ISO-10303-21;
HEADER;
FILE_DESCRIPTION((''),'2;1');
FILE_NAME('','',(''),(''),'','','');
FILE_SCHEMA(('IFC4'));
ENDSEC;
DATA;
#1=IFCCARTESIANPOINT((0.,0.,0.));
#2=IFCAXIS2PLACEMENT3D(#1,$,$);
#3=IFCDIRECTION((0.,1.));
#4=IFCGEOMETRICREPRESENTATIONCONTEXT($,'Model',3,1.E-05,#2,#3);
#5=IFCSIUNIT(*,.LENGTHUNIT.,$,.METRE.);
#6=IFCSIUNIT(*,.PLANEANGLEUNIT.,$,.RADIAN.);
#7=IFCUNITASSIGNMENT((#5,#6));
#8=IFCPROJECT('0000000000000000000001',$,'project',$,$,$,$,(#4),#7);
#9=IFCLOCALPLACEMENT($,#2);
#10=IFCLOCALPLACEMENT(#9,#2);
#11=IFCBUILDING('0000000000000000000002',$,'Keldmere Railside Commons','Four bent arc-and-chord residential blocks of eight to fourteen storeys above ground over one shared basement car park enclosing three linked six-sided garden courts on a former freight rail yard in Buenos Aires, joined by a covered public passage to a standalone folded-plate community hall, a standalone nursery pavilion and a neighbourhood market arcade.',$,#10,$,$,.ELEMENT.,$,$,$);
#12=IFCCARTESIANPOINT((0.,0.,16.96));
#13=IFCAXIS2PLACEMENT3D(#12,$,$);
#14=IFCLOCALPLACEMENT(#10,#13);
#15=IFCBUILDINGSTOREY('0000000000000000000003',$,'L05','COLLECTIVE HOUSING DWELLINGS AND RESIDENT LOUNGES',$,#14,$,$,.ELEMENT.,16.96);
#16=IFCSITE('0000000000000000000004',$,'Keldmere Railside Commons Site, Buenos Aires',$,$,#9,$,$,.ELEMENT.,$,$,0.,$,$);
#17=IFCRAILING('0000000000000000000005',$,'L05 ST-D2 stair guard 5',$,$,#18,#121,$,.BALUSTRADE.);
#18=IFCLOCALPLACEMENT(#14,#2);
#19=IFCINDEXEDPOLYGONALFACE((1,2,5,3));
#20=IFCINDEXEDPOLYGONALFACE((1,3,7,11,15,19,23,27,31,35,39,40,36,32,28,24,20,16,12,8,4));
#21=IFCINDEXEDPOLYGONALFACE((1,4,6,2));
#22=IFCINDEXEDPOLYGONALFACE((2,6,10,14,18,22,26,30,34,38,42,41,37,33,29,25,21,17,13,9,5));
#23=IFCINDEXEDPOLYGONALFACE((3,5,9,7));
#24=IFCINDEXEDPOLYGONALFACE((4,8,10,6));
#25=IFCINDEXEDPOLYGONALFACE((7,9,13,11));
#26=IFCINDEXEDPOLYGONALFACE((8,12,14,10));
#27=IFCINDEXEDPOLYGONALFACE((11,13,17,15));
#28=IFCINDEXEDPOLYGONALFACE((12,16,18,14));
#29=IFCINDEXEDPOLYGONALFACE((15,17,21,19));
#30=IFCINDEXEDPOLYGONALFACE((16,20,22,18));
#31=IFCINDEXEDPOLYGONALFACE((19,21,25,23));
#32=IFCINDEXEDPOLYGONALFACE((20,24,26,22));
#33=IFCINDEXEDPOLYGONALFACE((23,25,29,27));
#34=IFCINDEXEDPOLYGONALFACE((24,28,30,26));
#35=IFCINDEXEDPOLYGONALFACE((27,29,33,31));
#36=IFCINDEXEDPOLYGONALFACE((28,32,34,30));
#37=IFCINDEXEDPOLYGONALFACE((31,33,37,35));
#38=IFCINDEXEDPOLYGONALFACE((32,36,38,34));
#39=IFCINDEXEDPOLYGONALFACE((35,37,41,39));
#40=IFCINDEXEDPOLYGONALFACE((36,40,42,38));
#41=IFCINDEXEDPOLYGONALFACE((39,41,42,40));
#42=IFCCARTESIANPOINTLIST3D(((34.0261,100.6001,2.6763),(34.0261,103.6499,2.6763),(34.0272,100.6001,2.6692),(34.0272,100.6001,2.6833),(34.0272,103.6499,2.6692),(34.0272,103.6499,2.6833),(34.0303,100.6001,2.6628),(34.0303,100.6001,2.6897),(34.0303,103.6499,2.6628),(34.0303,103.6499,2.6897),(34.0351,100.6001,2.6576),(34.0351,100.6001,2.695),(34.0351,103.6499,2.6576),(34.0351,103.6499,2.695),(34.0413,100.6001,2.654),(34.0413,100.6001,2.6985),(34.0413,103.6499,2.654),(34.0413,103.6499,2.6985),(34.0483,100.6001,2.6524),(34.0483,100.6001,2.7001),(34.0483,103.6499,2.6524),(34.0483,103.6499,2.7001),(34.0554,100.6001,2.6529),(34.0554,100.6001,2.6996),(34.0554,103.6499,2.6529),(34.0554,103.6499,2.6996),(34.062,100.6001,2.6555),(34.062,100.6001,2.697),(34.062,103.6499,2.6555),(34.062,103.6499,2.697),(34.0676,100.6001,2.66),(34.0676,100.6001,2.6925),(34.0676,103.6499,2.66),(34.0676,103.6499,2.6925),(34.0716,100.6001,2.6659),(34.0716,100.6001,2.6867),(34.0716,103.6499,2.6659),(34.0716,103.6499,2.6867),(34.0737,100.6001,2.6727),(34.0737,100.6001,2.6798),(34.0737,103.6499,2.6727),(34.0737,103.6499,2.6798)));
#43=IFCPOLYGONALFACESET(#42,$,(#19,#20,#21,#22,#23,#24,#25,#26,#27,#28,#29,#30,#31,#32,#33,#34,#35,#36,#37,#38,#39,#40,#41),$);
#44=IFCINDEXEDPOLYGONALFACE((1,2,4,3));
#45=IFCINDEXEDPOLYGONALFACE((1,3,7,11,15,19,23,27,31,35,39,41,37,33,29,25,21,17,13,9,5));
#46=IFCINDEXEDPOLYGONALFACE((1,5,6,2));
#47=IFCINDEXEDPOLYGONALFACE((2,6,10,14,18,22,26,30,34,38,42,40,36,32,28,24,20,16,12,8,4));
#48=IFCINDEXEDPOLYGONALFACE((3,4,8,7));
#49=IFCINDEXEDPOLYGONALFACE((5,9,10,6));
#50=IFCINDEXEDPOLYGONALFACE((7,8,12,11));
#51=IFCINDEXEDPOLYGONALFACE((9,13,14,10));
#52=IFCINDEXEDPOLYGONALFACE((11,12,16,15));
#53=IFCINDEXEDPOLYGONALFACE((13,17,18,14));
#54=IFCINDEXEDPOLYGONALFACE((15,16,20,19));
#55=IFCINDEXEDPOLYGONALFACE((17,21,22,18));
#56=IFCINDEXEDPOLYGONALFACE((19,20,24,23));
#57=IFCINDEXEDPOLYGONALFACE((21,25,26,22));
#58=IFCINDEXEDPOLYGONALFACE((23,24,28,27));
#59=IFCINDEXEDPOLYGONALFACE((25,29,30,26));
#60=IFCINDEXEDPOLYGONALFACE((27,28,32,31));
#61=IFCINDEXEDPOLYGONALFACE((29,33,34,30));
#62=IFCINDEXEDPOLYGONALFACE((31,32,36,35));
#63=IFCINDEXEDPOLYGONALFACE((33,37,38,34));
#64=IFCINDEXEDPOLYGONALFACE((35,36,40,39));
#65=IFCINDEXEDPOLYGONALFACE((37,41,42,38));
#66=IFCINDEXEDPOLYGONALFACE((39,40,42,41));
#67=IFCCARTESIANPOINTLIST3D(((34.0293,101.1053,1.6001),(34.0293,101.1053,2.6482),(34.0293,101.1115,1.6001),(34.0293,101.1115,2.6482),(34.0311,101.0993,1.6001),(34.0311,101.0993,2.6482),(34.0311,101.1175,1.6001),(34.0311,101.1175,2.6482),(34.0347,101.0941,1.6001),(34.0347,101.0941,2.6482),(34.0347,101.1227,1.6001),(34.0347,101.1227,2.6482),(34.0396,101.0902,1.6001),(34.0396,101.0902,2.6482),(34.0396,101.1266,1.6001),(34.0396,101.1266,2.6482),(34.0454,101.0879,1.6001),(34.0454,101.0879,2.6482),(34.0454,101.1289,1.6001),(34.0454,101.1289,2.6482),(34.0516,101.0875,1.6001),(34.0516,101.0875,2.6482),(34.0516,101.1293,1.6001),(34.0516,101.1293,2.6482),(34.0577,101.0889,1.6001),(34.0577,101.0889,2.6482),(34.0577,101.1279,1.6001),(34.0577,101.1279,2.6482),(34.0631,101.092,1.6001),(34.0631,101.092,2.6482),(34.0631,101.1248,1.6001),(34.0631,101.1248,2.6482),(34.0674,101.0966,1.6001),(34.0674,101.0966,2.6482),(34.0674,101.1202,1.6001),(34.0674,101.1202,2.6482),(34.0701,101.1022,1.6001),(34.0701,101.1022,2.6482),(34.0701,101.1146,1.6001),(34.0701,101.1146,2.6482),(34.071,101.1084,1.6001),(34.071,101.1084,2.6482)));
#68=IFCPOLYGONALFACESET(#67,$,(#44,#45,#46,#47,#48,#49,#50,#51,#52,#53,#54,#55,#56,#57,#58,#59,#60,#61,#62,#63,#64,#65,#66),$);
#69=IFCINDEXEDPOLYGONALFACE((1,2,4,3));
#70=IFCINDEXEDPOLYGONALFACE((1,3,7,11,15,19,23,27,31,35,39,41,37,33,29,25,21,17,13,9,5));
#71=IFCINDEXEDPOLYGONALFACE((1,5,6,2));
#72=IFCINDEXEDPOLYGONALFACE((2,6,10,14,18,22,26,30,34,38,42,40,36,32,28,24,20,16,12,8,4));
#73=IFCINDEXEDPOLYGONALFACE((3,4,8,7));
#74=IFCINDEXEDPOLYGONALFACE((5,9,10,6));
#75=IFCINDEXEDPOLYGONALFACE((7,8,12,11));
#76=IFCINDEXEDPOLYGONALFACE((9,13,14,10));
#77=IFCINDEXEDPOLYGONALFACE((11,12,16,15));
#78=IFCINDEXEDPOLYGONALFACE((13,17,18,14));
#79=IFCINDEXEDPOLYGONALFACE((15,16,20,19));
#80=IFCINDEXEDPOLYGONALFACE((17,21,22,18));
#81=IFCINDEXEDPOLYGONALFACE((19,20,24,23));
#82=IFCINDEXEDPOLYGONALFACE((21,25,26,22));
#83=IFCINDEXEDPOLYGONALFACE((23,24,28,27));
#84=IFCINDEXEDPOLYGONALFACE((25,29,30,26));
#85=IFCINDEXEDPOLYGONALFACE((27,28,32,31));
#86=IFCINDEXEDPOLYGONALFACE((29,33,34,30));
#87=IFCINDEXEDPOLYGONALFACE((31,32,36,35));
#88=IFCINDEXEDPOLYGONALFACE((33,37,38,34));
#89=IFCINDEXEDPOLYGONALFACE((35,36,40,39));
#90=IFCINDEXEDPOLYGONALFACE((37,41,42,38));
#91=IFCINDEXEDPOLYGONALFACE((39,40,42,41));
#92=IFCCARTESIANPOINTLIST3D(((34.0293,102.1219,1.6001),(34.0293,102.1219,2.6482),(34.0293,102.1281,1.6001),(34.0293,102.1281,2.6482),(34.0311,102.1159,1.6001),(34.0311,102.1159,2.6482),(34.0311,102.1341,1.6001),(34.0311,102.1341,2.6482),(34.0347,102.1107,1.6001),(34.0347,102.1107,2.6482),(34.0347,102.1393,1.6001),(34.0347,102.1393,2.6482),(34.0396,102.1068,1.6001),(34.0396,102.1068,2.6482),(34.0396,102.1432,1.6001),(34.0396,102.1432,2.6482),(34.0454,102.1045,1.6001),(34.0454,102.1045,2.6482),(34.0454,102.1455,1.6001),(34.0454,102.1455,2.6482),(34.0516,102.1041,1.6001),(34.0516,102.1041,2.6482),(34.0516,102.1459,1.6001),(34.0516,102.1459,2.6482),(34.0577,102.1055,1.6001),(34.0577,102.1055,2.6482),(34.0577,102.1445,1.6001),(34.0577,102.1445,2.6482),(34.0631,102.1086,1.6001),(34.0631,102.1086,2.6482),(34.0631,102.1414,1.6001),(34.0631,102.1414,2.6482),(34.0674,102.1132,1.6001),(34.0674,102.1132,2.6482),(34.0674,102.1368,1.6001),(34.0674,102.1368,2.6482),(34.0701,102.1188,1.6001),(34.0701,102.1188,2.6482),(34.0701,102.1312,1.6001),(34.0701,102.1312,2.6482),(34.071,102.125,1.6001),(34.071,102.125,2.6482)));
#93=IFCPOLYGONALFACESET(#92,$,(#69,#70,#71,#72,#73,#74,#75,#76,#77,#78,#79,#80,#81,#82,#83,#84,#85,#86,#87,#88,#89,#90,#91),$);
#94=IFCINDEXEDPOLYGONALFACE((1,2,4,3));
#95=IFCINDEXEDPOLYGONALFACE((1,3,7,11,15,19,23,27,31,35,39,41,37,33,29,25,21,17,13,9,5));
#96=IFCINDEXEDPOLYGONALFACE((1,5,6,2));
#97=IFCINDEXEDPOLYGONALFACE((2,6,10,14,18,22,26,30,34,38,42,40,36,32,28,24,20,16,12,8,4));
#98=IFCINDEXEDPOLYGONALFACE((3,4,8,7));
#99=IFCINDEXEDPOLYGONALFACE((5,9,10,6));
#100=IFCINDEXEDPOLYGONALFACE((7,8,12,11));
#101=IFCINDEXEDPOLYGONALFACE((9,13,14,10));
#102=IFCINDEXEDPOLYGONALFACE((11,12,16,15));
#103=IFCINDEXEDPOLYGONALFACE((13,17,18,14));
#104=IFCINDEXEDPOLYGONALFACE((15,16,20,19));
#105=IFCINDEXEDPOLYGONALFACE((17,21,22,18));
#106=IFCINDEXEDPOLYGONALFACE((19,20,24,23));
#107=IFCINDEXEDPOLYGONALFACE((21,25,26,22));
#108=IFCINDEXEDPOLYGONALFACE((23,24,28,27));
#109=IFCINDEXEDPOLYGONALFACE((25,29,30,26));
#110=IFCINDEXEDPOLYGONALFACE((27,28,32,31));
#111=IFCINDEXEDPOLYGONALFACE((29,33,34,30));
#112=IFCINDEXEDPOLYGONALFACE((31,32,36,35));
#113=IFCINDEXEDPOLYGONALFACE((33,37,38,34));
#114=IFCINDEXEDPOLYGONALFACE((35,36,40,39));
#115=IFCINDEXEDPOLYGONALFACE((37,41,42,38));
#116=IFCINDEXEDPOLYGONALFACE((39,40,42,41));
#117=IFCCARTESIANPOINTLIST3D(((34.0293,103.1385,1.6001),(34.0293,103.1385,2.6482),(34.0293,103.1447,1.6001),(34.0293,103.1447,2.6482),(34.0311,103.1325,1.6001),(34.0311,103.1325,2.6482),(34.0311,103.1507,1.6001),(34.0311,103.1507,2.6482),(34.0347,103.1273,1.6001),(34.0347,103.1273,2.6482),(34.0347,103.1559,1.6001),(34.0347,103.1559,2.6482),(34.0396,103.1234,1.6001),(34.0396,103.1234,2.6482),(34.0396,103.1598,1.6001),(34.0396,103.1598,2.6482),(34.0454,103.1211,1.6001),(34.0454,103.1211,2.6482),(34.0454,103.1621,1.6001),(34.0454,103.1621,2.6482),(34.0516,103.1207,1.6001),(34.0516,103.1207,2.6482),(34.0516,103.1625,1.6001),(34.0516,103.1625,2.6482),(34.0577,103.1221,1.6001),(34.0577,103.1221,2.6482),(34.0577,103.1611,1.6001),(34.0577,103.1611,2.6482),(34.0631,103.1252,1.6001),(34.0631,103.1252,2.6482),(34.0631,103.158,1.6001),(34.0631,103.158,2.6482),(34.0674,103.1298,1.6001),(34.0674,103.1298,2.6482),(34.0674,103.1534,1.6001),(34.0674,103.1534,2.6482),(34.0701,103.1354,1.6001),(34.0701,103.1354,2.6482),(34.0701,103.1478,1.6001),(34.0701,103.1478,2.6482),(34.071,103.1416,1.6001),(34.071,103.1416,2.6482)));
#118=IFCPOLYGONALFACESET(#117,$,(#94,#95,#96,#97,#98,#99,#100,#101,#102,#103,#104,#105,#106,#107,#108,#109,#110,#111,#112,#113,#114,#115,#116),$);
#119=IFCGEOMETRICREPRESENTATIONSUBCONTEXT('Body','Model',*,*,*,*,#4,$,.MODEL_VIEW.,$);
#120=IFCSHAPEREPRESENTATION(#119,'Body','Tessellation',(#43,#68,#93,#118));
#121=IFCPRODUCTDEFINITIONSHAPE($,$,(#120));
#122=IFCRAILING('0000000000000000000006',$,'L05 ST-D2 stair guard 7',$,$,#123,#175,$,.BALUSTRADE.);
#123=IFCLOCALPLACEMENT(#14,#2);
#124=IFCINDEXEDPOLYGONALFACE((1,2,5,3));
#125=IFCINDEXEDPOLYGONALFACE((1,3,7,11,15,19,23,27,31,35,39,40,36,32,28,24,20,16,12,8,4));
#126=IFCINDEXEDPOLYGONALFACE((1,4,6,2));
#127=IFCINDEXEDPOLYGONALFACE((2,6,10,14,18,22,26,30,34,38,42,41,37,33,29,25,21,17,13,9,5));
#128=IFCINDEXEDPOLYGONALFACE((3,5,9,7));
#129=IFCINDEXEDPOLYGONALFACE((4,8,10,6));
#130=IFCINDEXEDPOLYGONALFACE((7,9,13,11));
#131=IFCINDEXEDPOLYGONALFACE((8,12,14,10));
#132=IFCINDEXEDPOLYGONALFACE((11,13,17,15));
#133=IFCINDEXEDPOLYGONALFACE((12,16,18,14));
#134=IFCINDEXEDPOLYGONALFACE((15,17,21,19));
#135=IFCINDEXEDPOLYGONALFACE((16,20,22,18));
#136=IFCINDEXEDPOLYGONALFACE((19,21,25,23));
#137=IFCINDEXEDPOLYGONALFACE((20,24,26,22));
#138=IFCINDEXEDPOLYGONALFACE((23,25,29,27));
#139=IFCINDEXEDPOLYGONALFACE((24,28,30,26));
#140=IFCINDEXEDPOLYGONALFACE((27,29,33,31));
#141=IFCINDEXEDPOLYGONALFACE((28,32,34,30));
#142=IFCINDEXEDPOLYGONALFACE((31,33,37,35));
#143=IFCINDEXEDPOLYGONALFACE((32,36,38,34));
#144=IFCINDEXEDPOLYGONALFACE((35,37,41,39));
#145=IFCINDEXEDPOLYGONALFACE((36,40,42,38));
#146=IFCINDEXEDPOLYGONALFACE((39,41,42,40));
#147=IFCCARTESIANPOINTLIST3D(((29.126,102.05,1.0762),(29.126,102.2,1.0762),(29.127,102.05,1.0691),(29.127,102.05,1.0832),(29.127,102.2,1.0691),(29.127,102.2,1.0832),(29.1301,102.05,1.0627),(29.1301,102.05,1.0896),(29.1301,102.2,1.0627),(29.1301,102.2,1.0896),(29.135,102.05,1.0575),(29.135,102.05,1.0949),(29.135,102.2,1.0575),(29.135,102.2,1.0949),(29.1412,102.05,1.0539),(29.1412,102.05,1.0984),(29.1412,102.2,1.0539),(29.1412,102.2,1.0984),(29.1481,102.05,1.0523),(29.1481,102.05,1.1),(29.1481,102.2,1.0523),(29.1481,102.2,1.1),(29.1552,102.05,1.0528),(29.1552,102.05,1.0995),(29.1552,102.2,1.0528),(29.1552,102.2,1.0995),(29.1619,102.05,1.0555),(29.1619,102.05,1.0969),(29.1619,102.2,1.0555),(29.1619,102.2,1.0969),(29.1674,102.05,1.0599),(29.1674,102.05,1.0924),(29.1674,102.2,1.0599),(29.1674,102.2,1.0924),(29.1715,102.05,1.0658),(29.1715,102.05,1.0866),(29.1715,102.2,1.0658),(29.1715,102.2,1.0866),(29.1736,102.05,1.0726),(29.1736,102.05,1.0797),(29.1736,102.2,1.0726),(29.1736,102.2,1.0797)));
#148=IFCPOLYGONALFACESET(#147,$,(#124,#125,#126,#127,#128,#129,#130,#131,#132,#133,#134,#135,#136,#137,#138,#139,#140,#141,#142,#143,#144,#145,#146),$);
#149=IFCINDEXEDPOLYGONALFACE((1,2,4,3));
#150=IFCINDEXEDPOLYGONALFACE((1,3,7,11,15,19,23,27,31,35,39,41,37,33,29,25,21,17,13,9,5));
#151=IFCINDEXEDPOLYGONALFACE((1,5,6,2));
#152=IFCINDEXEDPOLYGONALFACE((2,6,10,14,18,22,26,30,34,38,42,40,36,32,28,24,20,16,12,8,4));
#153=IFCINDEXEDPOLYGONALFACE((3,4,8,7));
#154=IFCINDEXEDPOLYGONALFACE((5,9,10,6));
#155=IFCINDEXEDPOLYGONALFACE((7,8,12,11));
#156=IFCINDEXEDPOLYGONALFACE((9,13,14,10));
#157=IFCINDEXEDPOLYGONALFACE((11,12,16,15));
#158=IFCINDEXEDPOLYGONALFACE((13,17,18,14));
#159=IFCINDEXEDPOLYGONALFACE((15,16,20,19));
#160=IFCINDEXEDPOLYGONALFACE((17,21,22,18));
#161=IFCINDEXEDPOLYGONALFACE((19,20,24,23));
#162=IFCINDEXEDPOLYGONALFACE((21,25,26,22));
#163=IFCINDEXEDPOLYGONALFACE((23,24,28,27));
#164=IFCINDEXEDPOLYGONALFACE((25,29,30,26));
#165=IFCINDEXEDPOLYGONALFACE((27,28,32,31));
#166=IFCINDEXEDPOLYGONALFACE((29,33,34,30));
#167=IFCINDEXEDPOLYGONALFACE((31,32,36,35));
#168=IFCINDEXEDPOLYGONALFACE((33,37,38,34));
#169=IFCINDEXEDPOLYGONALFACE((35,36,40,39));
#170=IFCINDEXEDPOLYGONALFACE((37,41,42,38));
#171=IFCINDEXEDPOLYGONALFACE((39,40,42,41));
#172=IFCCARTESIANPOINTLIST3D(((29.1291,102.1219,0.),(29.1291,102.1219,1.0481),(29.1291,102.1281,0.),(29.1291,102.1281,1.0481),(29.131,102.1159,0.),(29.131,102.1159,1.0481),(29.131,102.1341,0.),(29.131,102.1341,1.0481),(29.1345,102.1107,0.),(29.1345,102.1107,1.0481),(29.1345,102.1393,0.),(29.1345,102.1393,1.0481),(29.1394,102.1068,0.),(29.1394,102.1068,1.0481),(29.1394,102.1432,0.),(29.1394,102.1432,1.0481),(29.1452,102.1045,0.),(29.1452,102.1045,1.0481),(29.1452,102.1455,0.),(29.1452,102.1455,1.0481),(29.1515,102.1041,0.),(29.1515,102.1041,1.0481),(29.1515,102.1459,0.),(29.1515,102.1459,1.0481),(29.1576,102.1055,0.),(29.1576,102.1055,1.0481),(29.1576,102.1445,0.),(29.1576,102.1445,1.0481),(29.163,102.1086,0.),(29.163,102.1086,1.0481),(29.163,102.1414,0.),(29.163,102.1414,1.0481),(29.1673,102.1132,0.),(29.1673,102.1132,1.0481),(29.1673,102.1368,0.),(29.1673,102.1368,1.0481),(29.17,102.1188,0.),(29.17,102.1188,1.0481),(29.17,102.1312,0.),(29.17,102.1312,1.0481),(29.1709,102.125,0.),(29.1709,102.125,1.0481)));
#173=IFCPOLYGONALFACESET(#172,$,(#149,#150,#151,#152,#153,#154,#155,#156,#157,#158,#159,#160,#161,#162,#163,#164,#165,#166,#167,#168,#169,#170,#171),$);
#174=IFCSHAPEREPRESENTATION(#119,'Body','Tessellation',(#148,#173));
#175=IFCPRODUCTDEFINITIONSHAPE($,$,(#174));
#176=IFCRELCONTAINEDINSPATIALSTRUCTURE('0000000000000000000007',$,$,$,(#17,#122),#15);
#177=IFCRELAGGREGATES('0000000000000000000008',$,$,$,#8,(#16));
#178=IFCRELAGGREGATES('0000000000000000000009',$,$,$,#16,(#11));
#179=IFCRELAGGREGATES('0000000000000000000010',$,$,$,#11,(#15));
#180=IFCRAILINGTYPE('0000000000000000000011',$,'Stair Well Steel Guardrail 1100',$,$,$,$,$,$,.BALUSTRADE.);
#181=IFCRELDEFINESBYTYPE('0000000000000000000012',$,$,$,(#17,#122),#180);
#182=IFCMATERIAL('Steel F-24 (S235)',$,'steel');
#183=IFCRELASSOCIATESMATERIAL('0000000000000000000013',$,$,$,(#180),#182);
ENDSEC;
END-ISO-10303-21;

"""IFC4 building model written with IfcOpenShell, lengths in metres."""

from ifc_helpers import new_model, si_unit, direction, frame, origin, origin_2d, place, context, subcontext, project, spatial, circle, extrude, material, type_object, element, save


model = new_model("IFC4")

# Units and contexts
model_context = context("Model", 3, precision=1e-05, world=origin(), true_north=direction((0.0, 1.0)))
body_context = subcontext(model_context, "Body", "Model", "MODEL_VIEW")
ifc_project = project(units=[si_unit("LENGTHUNIT", "METRE"), si_unit("PLANEANGLEUNIT", "RADIAN")], contexts=[model_context])

# Site, building, storey
site_placement = place(None, origin())
site = spatial("IfcSite", under=ifc_project, at=site_placement, Name="Keldmere Railside Commons Site, Buenos Aires", CompositionType="ELEMENT", RefElevation=0.0)
building_placement = place(site_placement, origin())
building = spatial("IfcBuilding", under=site, at=building_placement, Name="Keldmere Railside Commons", Description="Four bent arc-and-chord residential blocks of eight to fourteen storeys above ground over one shared basement car park enclosing three linked six-sided garden courts on a former freight rail yard in Buenos Aires, joined by a covered public passage to a standalone folded-plate community hall, a standalone nursery pavilion and a neighbourhood market arcade.", CompositionType="ELEMENT")
storey_placement = place(building_placement, frame((0.0, 0.0, 16.96)))
storey = spatial("IfcBuildingStorey", under=building, at=storey_placement, Name="L05", Description="COLLECTIVE HOUSING DWELLINGS AND RESIDENT LOUNGES", CompositionType="ELEMENT", Elevation=16.96)

# Railings
ifc_material_1 = material(Name="Steel F-24 (S235)", Category="steel")
railing_type_1 = type_object("IfcRailingType", Name="Stair Well Steel Guardrail 1100", PredefinedType="BALUSTRADE", material=ifc_material_1)
railing_1_placement = place(storey_placement, frame((34.05, 100.6001, 1.6001)))
element("IfcRailing", 1, at=railing_1_placement, inside=storey, type_object=railing_type_1, Name="L05 ST-D2 stair guard 5", PredefinedType="BALUSTRADE", context=body_context, shape_type="SweptSolid", body=[
    extrude(circle(Radius=0.0239, at=origin_2d()), frame((0.0, 0.0, 1.0762), z_axis=(0.0, 1.0, 0.0), x_axis=(-1.0, 0.0, 0.0)), (0.0, 0.0, 1.0), 3.0498),
    extrude(circle(Radius=0.021, at=origin_2d()), frame((0.0, 0.5083, 0.0)), (0.0, 0.0, 1.0), 1.0481),
    extrude(circle(Radius=0.021, at=origin_2d()), frame((0.0, 1.5249, 0.0)), (0.0, 0.0, 1.0), 1.0481),
    extrude(circle(Radius=0.021, at=origin_2d()), frame((0.0, 2.5415, 0.0)), (0.0, 0.0, 1.0), 1.0481),
])
railing_2_placement = place(storey_placement, frame((29.1499, 102.05, 0.0)))
element("IfcRailing", 2, at=railing_2_placement, inside=storey, type_object=railing_type_1, Name="L05 ST-D2 stair guard 7", PredefinedType="BALUSTRADE", context=body_context, shape_type="SweptSolid", body=[
    extrude(circle(Radius=0.0239, at=origin_2d()), frame((0.0, 0.0, 1.0762), z_axis=(0.0, 1.0, 0.0), x_axis=(-1.0, 0.0, 0.0)), (0.0, 0.0, 1.0), 0.1499),
    extrude(circle(Radius=0.021, at=origin_2d()), frame((0.0, 0.075, 0.0)), (0.0, 0.0, 1.0), 1.0481),
])

save(model, "model.ifc")
